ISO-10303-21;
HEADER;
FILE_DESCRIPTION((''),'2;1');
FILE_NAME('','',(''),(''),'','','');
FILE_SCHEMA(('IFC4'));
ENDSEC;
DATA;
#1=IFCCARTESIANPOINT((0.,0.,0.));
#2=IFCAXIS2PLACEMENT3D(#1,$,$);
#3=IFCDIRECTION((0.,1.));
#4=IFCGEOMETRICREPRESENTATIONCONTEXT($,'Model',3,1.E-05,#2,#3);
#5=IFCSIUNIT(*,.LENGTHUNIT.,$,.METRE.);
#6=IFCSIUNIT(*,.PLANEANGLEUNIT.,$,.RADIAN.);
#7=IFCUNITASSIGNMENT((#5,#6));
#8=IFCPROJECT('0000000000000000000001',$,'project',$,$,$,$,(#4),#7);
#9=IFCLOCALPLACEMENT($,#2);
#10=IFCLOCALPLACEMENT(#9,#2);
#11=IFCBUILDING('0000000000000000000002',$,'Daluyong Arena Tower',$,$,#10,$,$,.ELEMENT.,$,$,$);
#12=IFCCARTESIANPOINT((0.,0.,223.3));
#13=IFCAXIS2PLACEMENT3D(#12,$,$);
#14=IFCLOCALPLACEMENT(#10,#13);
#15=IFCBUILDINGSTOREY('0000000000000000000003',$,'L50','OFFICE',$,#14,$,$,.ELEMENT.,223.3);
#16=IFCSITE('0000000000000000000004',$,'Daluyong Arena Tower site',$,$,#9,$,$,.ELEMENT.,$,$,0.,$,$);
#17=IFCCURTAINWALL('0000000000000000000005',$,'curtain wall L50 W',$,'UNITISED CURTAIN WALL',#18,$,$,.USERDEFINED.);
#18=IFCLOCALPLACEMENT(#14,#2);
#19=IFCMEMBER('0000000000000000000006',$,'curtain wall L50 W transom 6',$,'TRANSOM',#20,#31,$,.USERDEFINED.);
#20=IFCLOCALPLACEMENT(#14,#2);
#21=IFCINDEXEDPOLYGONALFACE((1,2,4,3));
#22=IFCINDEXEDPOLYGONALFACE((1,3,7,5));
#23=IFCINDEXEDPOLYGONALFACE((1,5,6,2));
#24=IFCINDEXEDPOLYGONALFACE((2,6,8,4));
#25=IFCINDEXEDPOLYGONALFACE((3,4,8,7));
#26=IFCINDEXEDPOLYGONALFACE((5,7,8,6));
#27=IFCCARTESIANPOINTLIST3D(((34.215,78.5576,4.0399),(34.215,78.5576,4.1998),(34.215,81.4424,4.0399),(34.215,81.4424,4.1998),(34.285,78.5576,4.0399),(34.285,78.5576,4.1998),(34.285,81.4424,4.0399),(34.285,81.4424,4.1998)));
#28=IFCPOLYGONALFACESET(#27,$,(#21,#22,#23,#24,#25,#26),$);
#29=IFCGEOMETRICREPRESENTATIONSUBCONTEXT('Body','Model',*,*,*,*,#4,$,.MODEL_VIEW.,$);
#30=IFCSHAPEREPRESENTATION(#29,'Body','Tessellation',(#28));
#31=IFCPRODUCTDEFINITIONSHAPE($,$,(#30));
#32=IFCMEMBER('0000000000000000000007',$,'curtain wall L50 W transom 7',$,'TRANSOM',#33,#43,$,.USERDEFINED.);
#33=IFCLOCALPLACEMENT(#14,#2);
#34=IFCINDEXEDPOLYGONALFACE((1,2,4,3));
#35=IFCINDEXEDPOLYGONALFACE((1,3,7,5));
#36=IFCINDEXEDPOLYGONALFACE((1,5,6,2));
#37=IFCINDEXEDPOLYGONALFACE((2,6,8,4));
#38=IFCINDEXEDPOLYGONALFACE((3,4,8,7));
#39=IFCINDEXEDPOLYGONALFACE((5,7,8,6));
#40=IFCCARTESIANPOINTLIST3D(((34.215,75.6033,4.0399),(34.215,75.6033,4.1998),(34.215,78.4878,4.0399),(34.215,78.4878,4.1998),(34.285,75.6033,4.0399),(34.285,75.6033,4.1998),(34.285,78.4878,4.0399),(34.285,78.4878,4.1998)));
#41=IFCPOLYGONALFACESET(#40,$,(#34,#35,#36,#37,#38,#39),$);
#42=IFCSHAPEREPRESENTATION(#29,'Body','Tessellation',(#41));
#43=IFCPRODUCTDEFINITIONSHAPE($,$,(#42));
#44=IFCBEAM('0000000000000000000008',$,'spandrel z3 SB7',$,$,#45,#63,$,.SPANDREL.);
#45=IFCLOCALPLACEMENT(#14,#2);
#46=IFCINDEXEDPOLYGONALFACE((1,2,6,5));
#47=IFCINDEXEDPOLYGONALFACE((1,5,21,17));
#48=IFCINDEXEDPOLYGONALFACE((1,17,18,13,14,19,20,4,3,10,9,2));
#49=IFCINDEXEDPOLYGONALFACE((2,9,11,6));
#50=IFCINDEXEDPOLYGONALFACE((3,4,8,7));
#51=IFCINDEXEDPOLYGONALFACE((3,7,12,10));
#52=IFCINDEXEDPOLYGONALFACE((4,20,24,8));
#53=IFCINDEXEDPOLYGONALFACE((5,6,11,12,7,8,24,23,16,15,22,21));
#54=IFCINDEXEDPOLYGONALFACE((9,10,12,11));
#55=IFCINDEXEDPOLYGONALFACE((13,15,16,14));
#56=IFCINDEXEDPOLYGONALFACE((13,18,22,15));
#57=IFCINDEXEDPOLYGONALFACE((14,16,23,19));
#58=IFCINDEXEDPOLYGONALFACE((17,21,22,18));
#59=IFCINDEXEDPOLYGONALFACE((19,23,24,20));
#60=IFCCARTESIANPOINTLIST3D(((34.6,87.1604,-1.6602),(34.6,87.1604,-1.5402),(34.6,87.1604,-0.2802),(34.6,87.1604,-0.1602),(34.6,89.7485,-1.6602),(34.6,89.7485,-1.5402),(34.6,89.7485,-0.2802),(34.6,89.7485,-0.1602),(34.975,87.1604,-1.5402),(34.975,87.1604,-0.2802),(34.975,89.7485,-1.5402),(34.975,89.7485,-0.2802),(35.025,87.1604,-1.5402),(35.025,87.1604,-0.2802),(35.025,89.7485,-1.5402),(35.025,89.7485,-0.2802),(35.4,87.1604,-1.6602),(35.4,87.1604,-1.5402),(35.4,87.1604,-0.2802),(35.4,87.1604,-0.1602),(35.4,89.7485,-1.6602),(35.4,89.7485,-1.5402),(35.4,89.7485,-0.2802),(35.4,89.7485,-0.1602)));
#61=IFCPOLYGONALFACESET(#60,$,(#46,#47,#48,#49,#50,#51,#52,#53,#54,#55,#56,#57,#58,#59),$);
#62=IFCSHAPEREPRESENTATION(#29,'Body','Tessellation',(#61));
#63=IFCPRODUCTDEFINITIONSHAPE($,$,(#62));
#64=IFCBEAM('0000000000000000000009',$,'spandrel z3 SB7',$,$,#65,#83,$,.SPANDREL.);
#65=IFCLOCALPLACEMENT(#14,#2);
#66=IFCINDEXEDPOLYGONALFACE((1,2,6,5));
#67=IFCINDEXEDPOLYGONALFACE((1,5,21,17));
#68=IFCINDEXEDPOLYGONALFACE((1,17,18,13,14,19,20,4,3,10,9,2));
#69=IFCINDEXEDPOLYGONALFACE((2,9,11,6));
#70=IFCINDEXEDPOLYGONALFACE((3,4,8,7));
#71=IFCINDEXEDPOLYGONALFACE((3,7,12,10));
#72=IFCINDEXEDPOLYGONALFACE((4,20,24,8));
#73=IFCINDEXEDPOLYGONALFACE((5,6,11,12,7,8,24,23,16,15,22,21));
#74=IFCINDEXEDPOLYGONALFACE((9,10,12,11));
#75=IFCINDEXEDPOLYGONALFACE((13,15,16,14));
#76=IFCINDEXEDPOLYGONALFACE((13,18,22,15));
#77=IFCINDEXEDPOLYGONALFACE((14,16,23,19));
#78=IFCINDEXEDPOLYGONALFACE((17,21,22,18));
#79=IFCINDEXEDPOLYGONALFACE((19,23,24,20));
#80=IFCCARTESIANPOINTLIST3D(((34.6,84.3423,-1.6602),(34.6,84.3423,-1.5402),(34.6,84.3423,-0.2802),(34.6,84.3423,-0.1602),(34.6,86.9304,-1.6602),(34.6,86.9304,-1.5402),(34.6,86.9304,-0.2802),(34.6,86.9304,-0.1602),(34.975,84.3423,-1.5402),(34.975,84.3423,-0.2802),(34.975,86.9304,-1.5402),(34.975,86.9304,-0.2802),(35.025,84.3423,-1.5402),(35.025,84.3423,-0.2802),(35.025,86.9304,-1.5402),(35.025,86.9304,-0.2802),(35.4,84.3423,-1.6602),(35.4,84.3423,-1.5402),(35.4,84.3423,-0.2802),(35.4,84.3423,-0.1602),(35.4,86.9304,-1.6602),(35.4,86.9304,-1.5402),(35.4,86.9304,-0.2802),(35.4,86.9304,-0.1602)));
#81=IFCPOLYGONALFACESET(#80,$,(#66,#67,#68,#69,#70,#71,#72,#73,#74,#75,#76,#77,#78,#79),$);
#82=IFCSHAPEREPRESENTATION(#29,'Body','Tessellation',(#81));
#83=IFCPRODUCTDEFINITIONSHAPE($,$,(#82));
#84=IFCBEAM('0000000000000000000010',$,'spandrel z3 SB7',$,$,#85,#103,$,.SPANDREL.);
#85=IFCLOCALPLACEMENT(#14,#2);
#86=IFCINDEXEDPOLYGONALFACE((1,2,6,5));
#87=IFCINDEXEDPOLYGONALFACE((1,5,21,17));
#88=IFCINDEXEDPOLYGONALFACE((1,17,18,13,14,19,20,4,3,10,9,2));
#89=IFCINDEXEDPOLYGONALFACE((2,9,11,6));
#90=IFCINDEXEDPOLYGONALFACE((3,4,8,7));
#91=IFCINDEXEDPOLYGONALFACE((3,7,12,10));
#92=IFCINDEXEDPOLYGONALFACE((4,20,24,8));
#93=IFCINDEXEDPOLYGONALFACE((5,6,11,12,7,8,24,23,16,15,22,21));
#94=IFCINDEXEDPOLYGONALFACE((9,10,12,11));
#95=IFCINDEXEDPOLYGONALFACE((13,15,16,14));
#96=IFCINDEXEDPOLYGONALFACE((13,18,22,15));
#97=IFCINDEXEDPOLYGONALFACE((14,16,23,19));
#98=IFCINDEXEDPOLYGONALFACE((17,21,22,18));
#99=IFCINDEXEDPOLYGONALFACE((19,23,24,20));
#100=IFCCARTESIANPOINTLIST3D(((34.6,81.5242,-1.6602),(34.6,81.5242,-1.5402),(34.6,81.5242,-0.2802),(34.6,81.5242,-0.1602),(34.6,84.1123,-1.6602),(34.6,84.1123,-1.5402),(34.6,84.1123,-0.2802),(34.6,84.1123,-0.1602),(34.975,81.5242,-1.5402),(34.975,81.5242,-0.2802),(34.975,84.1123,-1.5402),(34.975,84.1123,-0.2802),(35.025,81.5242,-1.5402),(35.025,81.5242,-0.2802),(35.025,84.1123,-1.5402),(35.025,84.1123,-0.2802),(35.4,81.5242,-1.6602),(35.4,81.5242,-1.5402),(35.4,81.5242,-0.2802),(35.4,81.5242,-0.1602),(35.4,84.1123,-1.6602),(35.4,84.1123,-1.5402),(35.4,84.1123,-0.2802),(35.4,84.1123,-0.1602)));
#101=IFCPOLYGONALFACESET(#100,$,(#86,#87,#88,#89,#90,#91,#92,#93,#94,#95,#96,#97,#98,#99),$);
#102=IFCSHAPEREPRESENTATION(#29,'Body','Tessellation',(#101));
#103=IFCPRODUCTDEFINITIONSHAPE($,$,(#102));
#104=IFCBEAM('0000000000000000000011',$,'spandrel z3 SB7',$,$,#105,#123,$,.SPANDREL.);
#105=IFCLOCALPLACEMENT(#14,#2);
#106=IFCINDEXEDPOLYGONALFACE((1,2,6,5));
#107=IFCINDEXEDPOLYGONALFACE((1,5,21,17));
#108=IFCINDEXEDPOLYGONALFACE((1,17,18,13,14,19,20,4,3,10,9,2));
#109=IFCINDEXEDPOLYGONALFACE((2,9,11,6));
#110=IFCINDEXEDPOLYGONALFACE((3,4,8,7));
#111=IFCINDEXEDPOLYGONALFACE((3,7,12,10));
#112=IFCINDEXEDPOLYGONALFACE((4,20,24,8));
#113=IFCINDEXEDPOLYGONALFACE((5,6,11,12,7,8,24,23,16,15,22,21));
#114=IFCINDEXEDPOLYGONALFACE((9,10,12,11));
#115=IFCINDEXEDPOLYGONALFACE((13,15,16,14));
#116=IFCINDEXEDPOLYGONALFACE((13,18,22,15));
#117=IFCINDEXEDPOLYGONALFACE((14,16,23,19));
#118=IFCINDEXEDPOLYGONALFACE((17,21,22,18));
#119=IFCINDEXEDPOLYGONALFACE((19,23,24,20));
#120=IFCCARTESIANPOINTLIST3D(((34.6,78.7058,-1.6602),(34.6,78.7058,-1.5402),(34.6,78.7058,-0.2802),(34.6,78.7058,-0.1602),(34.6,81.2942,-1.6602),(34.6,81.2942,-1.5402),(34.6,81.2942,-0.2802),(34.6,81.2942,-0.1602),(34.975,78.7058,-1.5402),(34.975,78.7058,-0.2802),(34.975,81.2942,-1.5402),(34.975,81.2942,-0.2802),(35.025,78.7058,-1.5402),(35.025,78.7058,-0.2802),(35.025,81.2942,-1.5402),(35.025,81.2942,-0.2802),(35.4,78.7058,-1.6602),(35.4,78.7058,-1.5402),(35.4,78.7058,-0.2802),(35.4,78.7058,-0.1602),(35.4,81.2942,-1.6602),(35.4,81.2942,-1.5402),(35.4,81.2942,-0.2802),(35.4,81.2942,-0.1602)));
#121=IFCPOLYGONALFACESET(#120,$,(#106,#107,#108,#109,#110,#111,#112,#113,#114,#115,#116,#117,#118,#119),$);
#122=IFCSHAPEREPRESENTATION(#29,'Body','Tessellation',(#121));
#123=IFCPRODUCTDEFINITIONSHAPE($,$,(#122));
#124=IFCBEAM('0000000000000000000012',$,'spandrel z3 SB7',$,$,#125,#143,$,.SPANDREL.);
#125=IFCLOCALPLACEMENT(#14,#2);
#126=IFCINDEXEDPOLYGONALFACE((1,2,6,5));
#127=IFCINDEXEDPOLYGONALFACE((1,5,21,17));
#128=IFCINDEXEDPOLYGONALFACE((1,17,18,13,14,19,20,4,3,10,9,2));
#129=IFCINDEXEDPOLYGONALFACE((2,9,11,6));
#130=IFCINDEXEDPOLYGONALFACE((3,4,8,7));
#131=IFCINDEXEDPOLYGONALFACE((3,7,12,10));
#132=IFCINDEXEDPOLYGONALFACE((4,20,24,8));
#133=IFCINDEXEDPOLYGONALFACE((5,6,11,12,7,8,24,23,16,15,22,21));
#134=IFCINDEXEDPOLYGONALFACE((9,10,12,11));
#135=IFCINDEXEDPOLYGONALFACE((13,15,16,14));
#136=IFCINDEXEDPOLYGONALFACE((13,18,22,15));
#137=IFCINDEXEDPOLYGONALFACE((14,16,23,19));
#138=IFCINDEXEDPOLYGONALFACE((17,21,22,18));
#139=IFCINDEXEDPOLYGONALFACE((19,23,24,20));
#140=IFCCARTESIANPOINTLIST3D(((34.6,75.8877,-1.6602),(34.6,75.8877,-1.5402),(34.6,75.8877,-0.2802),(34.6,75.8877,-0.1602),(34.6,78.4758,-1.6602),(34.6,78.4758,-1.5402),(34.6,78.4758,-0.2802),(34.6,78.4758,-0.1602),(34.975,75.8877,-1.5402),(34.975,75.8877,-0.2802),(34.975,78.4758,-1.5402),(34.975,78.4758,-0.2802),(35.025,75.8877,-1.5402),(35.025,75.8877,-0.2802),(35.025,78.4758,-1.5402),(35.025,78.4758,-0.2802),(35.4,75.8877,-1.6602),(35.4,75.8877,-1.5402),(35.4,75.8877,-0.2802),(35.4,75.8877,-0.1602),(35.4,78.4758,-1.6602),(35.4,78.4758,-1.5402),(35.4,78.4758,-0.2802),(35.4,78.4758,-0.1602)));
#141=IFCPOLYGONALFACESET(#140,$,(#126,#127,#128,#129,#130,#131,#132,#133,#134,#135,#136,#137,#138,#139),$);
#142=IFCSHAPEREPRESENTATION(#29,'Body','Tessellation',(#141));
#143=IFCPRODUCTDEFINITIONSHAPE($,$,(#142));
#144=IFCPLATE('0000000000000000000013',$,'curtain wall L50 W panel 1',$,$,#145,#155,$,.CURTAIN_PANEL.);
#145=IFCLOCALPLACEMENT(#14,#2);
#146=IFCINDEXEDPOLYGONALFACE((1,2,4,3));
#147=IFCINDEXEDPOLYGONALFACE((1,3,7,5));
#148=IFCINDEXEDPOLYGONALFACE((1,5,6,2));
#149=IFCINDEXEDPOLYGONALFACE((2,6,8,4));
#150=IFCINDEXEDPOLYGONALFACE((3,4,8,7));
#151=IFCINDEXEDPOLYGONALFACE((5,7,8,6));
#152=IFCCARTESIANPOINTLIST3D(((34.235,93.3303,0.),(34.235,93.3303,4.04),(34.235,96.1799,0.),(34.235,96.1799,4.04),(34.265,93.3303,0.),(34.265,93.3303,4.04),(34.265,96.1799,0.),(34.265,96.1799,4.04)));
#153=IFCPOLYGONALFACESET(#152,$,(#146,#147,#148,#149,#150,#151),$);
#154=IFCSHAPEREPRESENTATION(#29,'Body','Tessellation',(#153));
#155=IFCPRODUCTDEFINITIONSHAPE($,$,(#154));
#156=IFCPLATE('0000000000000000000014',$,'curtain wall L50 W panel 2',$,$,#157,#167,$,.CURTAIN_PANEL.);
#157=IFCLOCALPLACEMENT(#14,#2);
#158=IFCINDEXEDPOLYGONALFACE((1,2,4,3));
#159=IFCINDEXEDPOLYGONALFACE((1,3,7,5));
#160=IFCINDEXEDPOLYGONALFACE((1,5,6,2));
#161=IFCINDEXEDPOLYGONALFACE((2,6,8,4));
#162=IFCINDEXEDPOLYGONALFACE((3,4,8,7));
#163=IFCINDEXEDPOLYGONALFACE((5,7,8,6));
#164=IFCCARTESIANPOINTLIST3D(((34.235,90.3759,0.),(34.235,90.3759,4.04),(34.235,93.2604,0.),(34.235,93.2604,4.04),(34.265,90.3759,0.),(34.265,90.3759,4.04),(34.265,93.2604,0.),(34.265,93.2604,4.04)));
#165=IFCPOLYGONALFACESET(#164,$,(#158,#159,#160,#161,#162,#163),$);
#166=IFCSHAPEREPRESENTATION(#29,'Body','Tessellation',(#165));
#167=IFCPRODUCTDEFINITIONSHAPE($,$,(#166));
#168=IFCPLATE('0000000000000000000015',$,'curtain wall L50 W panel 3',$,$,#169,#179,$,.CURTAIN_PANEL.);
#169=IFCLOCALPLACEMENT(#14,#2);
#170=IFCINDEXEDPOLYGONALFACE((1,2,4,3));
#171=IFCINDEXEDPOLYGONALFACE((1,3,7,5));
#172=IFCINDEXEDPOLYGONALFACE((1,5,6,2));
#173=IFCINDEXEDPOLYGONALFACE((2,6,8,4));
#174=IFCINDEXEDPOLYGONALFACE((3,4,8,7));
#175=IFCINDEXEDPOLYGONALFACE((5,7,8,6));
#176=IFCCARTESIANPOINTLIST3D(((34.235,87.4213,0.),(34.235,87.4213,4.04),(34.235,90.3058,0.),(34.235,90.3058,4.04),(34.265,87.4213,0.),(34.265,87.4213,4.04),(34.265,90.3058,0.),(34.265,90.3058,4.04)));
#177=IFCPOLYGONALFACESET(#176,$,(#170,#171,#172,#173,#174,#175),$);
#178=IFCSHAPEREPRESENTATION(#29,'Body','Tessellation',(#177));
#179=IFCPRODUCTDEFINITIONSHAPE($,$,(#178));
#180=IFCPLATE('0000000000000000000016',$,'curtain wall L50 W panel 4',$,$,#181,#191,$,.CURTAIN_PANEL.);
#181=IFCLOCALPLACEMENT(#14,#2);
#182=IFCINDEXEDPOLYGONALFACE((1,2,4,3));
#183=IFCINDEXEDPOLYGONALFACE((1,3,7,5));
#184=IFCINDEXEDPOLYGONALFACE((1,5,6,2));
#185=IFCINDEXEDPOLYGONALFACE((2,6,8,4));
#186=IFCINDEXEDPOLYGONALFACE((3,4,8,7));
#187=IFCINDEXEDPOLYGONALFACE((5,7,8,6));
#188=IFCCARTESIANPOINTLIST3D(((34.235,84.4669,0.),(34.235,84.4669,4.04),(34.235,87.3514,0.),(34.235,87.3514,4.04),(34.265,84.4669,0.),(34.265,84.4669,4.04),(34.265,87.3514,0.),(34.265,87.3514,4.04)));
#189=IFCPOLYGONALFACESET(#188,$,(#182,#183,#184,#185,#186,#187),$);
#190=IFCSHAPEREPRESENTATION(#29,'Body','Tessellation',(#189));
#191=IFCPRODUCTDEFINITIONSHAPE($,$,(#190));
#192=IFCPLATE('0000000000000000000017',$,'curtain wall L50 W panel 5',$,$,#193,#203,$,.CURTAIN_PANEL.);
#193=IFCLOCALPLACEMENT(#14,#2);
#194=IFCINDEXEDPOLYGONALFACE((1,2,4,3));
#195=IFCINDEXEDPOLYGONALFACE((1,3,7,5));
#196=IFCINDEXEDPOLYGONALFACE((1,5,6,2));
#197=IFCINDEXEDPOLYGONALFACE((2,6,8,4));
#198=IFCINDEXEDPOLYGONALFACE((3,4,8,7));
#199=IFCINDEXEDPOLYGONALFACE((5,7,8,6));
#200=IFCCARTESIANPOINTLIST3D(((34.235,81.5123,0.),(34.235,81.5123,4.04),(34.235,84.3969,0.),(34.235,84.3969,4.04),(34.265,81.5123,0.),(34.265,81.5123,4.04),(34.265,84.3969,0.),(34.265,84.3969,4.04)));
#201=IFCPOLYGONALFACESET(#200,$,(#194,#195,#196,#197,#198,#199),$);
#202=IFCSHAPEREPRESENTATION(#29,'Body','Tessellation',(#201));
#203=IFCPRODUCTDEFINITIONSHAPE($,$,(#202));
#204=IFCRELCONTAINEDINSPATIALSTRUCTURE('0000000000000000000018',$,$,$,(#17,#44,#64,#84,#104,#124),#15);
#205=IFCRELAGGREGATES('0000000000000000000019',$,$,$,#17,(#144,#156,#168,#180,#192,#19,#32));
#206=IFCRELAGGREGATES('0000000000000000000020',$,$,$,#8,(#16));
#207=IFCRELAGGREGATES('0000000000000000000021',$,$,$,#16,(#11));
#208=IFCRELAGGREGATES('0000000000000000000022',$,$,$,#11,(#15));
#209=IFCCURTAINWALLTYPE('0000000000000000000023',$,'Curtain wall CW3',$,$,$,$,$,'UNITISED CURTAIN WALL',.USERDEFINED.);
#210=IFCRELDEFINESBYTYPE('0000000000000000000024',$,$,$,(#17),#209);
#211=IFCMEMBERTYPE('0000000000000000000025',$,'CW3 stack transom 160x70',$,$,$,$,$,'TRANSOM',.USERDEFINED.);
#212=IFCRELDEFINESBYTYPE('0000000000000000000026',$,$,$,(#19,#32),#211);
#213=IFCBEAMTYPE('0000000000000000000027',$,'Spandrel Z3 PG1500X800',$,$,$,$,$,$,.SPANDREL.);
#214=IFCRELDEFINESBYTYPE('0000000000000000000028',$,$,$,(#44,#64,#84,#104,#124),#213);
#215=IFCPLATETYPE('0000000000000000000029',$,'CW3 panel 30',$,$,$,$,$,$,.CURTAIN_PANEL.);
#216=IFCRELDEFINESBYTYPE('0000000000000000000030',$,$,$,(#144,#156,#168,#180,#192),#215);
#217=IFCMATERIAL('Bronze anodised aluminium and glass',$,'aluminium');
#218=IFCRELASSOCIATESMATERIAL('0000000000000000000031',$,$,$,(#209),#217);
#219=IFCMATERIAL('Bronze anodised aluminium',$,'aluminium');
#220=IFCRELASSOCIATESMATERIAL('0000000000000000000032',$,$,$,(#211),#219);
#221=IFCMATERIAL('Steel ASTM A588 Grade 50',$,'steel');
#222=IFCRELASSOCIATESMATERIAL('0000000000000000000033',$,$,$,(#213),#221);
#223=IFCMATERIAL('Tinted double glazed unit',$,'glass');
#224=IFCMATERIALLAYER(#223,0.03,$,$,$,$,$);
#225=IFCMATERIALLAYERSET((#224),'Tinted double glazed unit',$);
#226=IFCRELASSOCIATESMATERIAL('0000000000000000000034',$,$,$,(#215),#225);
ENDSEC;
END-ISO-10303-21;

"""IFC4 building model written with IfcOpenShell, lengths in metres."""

from ifc_helpers import new_model, si_unit, direction, frame, origin, origin_2d, place, context, subcontext, project, spatial, rectangle, i_section, extrude, material, layer, layer_set, material_profile, profile_set, type_object, element, aggregate, save


model = new_model("IFC4")

# Units and contexts
model_context = context("Model", 3, precision=1e-05, world=origin(), true_north=direction((0.0, 1.0)))
body_context = subcontext(model_context, "Body", "Model", "MODEL_VIEW")
ifc_project = project(units=[si_unit("LENGTHUNIT", "METRE"), si_unit("PLANEANGLEUNIT", "RADIAN")], contexts=[model_context])

# Site, building, storey
site_placement = place(None, origin())
site = spatial("IfcSite", under=ifc_project, at=site_placement, Name="Daluyong Arena Tower site", CompositionType="ELEMENT", RefElevation=0.0)
building_placement = place(site_placement, origin())
building = spatial("IfcBuilding", under=site, at=building_placement, Name="Daluyong Arena Tower", CompositionType="ELEMENT")
storey_placement = place(building_placement, frame((0.0, 0.0, 223.3)))
storey = spatial("IfcBuildingStorey", under=building, at=storey_placement, Name="L50", Description="OFFICE", CompositionType="ELEMENT", Elevation=223.3)

# Curtain wall, members
ifc_material_1 = material(Name="Bronze anodised aluminium and glass", Category="aluminium")
curtain_wall_type = type_object("IfcCurtainWallType", Name="Curtain wall CW3", ElementType="UNITISED CURTAIN WALL", PredefinedType="USERDEFINED", material=ifc_material_1)
curtain_wall_placement = place(storey_placement, origin())
curtain_wall = element("IfcCurtainWall", 1, at=curtain_wall_placement, inside=storey, type_object=curtain_wall_type, Name="curtain wall L50 W", ObjectType="UNITISED CURTAIN WALL", PredefinedType="USERDEFINED")
ifc_material_2 = material(Name="Bronze anodised aluminium", Category="aluminium")
ifc_material_profile_1 = material_profile(ifc_material_2, rectangle(XDim=0.0701, YDim=0.1599, at=origin_2d()))
ifc_profile_set_1 = profile_set([ifc_material_profile_1], Name="Bronze anodised aluminium")
member_type_1 = type_object("IfcMemberType", Name="CW3 stack transom 160x70", ElementType="TRANSOM", PredefinedType="USERDEFINED", material=ifc_profile_set_1)
member_1_placement = place(storey_placement, frame((34.25, 81.4424, 4.1199), z_axis=(0.0, -1.0, 0.0), x_axis=(1.0, 0.0, 0.0)))
member_1 = element("IfcMember", 2, at=member_1_placement, type_object=member_type_1, Name="curtain wall L50 W transom 6", ObjectType="TRANSOM", PredefinedType="USERDEFINED", context=body_context, shape_type="SweptSolid", body=[
    extrude(rectangle(XDim=0.0701, YDim=0.1599, at=origin_2d()), origin(), (0.0, 0.0, 1.0), 2.8848),
])
member_2_placement = place(storey_placement, frame((34.25, 78.4878, 4.1199), z_axis=(0.0, -1.0, 0.0), x_axis=(1.0, 0.0, 0.0)))
member_2 = element("IfcMember", 3, at=member_2_placement, type_object=member_type_1, Name="curtain wall L50 W transom 7", ObjectType="TRANSOM", PredefinedType="USERDEFINED", context=body_context, shape_type="SweptSolid", body=[
    extrude(rectangle(XDim=0.0701, YDim=0.1599, at=origin_2d()), origin(), (0.0, 0.0, 1.0), 2.8845),
])

# Beams
ifc_material_3 = material(Name="Steel ASTM A588 Grade 50", Category="steel")
ifc_material_profile_2 = material_profile(ifc_material_3, i_section(OverallWidth=0.8, OverallDepth=1.5, WebThickness=0.05, FlangeThickness=0.12, at=origin_2d()))
ifc_profile_set_2 = profile_set([ifc_material_profile_2], Name="Steel ASTM A588 Grade 50")
beam_type = type_object("IfcBeamType", Name="Spandrel Z3 PG1500X800", PredefinedType="SPANDREL", material=ifc_profile_set_2)
for number, where, z_axis, x_axis, name in (
    (4, (35.0, 89.7485, -0.9102), (0.0, -1.0, 0.0), (1.0, 0.0, 0.0), "spandrel z3 SB7"),
    (5, (35.0, 86.9304, -0.9102), (0.0, -1.0, 0.0), (1.0, 0.0, 0.0), "spandrel z3 SB7"),
    (6, (35.0, 84.1123, -0.9102), (0.0, -1.0, 0.0), (1.0, 0.0, 0.0), "spandrel z3 SB7"),
):
    element("IfcBeam", number, at=place(storey_placement, frame(where, z_axis=z_axis, x_axis=x_axis)), inside=storey, type_object=beam_type, Name=name, PredefinedType="SPANDREL", context=body_context, shape_type="SweptSolid", body=[
        extrude(i_section(OverallWidth=0.8, OverallDepth=1.5, WebThickness=0.05, FlangeThickness=0.12, at=origin_2d()), origin(), (0.0, 0.0, 1.0), 2.5881),
    ])
beam_1_placement = place(storey_placement, frame((35.0, 81.2942, -0.9102), z_axis=(0.0, -1.0, 0.0), x_axis=(1.0, 0.0, 0.0)))
element("IfcBeam", 7, at=beam_1_placement, inside=storey, type_object=beam_type, Name="spandrel z3 SB7", PredefinedType="SPANDREL", context=body_context, shape_type="SweptSolid", body=[
    extrude(i_section(OverallWidth=0.8, OverallDepth=1.5, WebThickness=0.05, FlangeThickness=0.12, at=origin_2d()), origin(), (0.0, 0.0, 1.0), 2.5884),
])
beam_2_placement = place(storey_placement, frame((35.0, 78.4758, -0.9102), z_axis=(0.0, -1.0, 0.0), x_axis=(1.0, 0.0, 0.0)))
element("IfcBeam", 8, at=beam_2_placement, inside=storey, type_object=beam_type, Name="spandrel z3 SB7", PredefinedType="SPANDREL", context=body_context, shape_type="SweptSolid", body=[
    extrude(i_section(OverallWidth=0.8, OverallDepth=1.5, WebThickness=0.05, FlangeThickness=0.12, at=origin_2d()), origin(), (0.0, 0.0, 1.0), 2.5881),
])

# Plates
ifc_material_4 = material(Name="Tinted double glazed unit", Category="glass")
ifc_layer = layer(ifc_material_4, 0.03)
ifc_layer_set = layer_set([ifc_layer], Name="Tinted double glazed unit")
plate_type = type_object("IfcPlateType", Name="CW3 panel 30", PredefinedType="CURTAIN_PANEL", material=ifc_layer_set)
plate_1_placement = place(storey_placement, frame((34.25, 94.7551, 0.0), z_axis=(0.0, 0.0, 1.0), x_axis=(0.0, -1.0, 0.0)))
plate_1 = element("IfcPlate", 9, at=plate_1_placement, type_object=plate_type, Name="curtain wall L50 W panel 1", PredefinedType="CURTAIN_PANEL", context=body_context, shape_type="SweptSolid", body=[
    extrude(rectangle(XDim=2.8496, YDim=0.03, at=origin_2d()), origin(), (0.0, 0.0, 1.0), 4.04),
])
plate_2_placement = place(storey_placement, frame((34.25, 91.8181, 0.0), z_axis=(0.0, 0.0, 1.0), x_axis=(0.0, -1.0, 0.0)))
plate_2 = element("IfcPlate", 10, at=plate_2_placement, type_object=plate_type, Name="curtain wall L50 W panel 2", PredefinedType="CURTAIN_PANEL", context=body_context, shape_type="SweptSolid", body=[
    extrude(rectangle(XDim=2.8845, YDim=0.03, at=origin_2d()), origin(), (0.0, 0.0, 1.0), 4.04),
])
plate_3_placement = place(storey_placement, frame((34.25, 88.8635, 0.0), z_axis=(0.0, 0.0, 1.0), x_axis=(0.0, -1.0, 0.0)))
plate_3 = element("IfcPlate", 11, at=plate_3_placement, type_object=plate_type, Name="curtain wall L50 W panel 3", PredefinedType="CURTAIN_PANEL", context=body_context, shape_type="SweptSolid", body=[
    extrude(rectangle(XDim=2.8845, YDim=0.03, at=origin_2d()), origin(), (0.0, 0.0, 1.0), 4.04),
])
plate_4_placement = place(storey_placement, frame((34.25, 85.9092, 0.0), z_axis=(0.0, 0.0, 1.0), x_axis=(0.0, -1.0, 0.0)))
plate_4 = element("IfcPlate", 12, at=plate_4_placement, type_object=plate_type, Name="curtain wall L50 W panel 4", PredefinedType="CURTAIN_PANEL", context=body_context, shape_type="SweptSolid", body=[
    extrude(rectangle(XDim=2.8845, YDim=0.03, at=origin_2d()), origin(), (0.0, 0.0, 1.0), 4.04),
])
plate_5_placement = place(storey_placement, frame((34.25, 82.9546, 0.0), z_axis=(0.0, 0.0, 1.0), x_axis=(0.0, -1.0, 0.0)))
plate_5 = element("IfcPlate", 13, at=plate_5_placement, type_object=plate_type, Name="curtain wall L50 W panel 5", PredefinedType="CURTAIN_PANEL", context=body_context, shape_type="SweptSolid", body=[
    extrude(rectangle(XDim=2.8845, YDim=0.03, at=origin_2d()), origin(), (0.0, 0.0, 1.0), 4.04),
])
aggregate(curtain_wall, [plate_1, plate_2, plate_3, plate_4, plate_5, member_1, member_2])

save(model, "model.ifc")
